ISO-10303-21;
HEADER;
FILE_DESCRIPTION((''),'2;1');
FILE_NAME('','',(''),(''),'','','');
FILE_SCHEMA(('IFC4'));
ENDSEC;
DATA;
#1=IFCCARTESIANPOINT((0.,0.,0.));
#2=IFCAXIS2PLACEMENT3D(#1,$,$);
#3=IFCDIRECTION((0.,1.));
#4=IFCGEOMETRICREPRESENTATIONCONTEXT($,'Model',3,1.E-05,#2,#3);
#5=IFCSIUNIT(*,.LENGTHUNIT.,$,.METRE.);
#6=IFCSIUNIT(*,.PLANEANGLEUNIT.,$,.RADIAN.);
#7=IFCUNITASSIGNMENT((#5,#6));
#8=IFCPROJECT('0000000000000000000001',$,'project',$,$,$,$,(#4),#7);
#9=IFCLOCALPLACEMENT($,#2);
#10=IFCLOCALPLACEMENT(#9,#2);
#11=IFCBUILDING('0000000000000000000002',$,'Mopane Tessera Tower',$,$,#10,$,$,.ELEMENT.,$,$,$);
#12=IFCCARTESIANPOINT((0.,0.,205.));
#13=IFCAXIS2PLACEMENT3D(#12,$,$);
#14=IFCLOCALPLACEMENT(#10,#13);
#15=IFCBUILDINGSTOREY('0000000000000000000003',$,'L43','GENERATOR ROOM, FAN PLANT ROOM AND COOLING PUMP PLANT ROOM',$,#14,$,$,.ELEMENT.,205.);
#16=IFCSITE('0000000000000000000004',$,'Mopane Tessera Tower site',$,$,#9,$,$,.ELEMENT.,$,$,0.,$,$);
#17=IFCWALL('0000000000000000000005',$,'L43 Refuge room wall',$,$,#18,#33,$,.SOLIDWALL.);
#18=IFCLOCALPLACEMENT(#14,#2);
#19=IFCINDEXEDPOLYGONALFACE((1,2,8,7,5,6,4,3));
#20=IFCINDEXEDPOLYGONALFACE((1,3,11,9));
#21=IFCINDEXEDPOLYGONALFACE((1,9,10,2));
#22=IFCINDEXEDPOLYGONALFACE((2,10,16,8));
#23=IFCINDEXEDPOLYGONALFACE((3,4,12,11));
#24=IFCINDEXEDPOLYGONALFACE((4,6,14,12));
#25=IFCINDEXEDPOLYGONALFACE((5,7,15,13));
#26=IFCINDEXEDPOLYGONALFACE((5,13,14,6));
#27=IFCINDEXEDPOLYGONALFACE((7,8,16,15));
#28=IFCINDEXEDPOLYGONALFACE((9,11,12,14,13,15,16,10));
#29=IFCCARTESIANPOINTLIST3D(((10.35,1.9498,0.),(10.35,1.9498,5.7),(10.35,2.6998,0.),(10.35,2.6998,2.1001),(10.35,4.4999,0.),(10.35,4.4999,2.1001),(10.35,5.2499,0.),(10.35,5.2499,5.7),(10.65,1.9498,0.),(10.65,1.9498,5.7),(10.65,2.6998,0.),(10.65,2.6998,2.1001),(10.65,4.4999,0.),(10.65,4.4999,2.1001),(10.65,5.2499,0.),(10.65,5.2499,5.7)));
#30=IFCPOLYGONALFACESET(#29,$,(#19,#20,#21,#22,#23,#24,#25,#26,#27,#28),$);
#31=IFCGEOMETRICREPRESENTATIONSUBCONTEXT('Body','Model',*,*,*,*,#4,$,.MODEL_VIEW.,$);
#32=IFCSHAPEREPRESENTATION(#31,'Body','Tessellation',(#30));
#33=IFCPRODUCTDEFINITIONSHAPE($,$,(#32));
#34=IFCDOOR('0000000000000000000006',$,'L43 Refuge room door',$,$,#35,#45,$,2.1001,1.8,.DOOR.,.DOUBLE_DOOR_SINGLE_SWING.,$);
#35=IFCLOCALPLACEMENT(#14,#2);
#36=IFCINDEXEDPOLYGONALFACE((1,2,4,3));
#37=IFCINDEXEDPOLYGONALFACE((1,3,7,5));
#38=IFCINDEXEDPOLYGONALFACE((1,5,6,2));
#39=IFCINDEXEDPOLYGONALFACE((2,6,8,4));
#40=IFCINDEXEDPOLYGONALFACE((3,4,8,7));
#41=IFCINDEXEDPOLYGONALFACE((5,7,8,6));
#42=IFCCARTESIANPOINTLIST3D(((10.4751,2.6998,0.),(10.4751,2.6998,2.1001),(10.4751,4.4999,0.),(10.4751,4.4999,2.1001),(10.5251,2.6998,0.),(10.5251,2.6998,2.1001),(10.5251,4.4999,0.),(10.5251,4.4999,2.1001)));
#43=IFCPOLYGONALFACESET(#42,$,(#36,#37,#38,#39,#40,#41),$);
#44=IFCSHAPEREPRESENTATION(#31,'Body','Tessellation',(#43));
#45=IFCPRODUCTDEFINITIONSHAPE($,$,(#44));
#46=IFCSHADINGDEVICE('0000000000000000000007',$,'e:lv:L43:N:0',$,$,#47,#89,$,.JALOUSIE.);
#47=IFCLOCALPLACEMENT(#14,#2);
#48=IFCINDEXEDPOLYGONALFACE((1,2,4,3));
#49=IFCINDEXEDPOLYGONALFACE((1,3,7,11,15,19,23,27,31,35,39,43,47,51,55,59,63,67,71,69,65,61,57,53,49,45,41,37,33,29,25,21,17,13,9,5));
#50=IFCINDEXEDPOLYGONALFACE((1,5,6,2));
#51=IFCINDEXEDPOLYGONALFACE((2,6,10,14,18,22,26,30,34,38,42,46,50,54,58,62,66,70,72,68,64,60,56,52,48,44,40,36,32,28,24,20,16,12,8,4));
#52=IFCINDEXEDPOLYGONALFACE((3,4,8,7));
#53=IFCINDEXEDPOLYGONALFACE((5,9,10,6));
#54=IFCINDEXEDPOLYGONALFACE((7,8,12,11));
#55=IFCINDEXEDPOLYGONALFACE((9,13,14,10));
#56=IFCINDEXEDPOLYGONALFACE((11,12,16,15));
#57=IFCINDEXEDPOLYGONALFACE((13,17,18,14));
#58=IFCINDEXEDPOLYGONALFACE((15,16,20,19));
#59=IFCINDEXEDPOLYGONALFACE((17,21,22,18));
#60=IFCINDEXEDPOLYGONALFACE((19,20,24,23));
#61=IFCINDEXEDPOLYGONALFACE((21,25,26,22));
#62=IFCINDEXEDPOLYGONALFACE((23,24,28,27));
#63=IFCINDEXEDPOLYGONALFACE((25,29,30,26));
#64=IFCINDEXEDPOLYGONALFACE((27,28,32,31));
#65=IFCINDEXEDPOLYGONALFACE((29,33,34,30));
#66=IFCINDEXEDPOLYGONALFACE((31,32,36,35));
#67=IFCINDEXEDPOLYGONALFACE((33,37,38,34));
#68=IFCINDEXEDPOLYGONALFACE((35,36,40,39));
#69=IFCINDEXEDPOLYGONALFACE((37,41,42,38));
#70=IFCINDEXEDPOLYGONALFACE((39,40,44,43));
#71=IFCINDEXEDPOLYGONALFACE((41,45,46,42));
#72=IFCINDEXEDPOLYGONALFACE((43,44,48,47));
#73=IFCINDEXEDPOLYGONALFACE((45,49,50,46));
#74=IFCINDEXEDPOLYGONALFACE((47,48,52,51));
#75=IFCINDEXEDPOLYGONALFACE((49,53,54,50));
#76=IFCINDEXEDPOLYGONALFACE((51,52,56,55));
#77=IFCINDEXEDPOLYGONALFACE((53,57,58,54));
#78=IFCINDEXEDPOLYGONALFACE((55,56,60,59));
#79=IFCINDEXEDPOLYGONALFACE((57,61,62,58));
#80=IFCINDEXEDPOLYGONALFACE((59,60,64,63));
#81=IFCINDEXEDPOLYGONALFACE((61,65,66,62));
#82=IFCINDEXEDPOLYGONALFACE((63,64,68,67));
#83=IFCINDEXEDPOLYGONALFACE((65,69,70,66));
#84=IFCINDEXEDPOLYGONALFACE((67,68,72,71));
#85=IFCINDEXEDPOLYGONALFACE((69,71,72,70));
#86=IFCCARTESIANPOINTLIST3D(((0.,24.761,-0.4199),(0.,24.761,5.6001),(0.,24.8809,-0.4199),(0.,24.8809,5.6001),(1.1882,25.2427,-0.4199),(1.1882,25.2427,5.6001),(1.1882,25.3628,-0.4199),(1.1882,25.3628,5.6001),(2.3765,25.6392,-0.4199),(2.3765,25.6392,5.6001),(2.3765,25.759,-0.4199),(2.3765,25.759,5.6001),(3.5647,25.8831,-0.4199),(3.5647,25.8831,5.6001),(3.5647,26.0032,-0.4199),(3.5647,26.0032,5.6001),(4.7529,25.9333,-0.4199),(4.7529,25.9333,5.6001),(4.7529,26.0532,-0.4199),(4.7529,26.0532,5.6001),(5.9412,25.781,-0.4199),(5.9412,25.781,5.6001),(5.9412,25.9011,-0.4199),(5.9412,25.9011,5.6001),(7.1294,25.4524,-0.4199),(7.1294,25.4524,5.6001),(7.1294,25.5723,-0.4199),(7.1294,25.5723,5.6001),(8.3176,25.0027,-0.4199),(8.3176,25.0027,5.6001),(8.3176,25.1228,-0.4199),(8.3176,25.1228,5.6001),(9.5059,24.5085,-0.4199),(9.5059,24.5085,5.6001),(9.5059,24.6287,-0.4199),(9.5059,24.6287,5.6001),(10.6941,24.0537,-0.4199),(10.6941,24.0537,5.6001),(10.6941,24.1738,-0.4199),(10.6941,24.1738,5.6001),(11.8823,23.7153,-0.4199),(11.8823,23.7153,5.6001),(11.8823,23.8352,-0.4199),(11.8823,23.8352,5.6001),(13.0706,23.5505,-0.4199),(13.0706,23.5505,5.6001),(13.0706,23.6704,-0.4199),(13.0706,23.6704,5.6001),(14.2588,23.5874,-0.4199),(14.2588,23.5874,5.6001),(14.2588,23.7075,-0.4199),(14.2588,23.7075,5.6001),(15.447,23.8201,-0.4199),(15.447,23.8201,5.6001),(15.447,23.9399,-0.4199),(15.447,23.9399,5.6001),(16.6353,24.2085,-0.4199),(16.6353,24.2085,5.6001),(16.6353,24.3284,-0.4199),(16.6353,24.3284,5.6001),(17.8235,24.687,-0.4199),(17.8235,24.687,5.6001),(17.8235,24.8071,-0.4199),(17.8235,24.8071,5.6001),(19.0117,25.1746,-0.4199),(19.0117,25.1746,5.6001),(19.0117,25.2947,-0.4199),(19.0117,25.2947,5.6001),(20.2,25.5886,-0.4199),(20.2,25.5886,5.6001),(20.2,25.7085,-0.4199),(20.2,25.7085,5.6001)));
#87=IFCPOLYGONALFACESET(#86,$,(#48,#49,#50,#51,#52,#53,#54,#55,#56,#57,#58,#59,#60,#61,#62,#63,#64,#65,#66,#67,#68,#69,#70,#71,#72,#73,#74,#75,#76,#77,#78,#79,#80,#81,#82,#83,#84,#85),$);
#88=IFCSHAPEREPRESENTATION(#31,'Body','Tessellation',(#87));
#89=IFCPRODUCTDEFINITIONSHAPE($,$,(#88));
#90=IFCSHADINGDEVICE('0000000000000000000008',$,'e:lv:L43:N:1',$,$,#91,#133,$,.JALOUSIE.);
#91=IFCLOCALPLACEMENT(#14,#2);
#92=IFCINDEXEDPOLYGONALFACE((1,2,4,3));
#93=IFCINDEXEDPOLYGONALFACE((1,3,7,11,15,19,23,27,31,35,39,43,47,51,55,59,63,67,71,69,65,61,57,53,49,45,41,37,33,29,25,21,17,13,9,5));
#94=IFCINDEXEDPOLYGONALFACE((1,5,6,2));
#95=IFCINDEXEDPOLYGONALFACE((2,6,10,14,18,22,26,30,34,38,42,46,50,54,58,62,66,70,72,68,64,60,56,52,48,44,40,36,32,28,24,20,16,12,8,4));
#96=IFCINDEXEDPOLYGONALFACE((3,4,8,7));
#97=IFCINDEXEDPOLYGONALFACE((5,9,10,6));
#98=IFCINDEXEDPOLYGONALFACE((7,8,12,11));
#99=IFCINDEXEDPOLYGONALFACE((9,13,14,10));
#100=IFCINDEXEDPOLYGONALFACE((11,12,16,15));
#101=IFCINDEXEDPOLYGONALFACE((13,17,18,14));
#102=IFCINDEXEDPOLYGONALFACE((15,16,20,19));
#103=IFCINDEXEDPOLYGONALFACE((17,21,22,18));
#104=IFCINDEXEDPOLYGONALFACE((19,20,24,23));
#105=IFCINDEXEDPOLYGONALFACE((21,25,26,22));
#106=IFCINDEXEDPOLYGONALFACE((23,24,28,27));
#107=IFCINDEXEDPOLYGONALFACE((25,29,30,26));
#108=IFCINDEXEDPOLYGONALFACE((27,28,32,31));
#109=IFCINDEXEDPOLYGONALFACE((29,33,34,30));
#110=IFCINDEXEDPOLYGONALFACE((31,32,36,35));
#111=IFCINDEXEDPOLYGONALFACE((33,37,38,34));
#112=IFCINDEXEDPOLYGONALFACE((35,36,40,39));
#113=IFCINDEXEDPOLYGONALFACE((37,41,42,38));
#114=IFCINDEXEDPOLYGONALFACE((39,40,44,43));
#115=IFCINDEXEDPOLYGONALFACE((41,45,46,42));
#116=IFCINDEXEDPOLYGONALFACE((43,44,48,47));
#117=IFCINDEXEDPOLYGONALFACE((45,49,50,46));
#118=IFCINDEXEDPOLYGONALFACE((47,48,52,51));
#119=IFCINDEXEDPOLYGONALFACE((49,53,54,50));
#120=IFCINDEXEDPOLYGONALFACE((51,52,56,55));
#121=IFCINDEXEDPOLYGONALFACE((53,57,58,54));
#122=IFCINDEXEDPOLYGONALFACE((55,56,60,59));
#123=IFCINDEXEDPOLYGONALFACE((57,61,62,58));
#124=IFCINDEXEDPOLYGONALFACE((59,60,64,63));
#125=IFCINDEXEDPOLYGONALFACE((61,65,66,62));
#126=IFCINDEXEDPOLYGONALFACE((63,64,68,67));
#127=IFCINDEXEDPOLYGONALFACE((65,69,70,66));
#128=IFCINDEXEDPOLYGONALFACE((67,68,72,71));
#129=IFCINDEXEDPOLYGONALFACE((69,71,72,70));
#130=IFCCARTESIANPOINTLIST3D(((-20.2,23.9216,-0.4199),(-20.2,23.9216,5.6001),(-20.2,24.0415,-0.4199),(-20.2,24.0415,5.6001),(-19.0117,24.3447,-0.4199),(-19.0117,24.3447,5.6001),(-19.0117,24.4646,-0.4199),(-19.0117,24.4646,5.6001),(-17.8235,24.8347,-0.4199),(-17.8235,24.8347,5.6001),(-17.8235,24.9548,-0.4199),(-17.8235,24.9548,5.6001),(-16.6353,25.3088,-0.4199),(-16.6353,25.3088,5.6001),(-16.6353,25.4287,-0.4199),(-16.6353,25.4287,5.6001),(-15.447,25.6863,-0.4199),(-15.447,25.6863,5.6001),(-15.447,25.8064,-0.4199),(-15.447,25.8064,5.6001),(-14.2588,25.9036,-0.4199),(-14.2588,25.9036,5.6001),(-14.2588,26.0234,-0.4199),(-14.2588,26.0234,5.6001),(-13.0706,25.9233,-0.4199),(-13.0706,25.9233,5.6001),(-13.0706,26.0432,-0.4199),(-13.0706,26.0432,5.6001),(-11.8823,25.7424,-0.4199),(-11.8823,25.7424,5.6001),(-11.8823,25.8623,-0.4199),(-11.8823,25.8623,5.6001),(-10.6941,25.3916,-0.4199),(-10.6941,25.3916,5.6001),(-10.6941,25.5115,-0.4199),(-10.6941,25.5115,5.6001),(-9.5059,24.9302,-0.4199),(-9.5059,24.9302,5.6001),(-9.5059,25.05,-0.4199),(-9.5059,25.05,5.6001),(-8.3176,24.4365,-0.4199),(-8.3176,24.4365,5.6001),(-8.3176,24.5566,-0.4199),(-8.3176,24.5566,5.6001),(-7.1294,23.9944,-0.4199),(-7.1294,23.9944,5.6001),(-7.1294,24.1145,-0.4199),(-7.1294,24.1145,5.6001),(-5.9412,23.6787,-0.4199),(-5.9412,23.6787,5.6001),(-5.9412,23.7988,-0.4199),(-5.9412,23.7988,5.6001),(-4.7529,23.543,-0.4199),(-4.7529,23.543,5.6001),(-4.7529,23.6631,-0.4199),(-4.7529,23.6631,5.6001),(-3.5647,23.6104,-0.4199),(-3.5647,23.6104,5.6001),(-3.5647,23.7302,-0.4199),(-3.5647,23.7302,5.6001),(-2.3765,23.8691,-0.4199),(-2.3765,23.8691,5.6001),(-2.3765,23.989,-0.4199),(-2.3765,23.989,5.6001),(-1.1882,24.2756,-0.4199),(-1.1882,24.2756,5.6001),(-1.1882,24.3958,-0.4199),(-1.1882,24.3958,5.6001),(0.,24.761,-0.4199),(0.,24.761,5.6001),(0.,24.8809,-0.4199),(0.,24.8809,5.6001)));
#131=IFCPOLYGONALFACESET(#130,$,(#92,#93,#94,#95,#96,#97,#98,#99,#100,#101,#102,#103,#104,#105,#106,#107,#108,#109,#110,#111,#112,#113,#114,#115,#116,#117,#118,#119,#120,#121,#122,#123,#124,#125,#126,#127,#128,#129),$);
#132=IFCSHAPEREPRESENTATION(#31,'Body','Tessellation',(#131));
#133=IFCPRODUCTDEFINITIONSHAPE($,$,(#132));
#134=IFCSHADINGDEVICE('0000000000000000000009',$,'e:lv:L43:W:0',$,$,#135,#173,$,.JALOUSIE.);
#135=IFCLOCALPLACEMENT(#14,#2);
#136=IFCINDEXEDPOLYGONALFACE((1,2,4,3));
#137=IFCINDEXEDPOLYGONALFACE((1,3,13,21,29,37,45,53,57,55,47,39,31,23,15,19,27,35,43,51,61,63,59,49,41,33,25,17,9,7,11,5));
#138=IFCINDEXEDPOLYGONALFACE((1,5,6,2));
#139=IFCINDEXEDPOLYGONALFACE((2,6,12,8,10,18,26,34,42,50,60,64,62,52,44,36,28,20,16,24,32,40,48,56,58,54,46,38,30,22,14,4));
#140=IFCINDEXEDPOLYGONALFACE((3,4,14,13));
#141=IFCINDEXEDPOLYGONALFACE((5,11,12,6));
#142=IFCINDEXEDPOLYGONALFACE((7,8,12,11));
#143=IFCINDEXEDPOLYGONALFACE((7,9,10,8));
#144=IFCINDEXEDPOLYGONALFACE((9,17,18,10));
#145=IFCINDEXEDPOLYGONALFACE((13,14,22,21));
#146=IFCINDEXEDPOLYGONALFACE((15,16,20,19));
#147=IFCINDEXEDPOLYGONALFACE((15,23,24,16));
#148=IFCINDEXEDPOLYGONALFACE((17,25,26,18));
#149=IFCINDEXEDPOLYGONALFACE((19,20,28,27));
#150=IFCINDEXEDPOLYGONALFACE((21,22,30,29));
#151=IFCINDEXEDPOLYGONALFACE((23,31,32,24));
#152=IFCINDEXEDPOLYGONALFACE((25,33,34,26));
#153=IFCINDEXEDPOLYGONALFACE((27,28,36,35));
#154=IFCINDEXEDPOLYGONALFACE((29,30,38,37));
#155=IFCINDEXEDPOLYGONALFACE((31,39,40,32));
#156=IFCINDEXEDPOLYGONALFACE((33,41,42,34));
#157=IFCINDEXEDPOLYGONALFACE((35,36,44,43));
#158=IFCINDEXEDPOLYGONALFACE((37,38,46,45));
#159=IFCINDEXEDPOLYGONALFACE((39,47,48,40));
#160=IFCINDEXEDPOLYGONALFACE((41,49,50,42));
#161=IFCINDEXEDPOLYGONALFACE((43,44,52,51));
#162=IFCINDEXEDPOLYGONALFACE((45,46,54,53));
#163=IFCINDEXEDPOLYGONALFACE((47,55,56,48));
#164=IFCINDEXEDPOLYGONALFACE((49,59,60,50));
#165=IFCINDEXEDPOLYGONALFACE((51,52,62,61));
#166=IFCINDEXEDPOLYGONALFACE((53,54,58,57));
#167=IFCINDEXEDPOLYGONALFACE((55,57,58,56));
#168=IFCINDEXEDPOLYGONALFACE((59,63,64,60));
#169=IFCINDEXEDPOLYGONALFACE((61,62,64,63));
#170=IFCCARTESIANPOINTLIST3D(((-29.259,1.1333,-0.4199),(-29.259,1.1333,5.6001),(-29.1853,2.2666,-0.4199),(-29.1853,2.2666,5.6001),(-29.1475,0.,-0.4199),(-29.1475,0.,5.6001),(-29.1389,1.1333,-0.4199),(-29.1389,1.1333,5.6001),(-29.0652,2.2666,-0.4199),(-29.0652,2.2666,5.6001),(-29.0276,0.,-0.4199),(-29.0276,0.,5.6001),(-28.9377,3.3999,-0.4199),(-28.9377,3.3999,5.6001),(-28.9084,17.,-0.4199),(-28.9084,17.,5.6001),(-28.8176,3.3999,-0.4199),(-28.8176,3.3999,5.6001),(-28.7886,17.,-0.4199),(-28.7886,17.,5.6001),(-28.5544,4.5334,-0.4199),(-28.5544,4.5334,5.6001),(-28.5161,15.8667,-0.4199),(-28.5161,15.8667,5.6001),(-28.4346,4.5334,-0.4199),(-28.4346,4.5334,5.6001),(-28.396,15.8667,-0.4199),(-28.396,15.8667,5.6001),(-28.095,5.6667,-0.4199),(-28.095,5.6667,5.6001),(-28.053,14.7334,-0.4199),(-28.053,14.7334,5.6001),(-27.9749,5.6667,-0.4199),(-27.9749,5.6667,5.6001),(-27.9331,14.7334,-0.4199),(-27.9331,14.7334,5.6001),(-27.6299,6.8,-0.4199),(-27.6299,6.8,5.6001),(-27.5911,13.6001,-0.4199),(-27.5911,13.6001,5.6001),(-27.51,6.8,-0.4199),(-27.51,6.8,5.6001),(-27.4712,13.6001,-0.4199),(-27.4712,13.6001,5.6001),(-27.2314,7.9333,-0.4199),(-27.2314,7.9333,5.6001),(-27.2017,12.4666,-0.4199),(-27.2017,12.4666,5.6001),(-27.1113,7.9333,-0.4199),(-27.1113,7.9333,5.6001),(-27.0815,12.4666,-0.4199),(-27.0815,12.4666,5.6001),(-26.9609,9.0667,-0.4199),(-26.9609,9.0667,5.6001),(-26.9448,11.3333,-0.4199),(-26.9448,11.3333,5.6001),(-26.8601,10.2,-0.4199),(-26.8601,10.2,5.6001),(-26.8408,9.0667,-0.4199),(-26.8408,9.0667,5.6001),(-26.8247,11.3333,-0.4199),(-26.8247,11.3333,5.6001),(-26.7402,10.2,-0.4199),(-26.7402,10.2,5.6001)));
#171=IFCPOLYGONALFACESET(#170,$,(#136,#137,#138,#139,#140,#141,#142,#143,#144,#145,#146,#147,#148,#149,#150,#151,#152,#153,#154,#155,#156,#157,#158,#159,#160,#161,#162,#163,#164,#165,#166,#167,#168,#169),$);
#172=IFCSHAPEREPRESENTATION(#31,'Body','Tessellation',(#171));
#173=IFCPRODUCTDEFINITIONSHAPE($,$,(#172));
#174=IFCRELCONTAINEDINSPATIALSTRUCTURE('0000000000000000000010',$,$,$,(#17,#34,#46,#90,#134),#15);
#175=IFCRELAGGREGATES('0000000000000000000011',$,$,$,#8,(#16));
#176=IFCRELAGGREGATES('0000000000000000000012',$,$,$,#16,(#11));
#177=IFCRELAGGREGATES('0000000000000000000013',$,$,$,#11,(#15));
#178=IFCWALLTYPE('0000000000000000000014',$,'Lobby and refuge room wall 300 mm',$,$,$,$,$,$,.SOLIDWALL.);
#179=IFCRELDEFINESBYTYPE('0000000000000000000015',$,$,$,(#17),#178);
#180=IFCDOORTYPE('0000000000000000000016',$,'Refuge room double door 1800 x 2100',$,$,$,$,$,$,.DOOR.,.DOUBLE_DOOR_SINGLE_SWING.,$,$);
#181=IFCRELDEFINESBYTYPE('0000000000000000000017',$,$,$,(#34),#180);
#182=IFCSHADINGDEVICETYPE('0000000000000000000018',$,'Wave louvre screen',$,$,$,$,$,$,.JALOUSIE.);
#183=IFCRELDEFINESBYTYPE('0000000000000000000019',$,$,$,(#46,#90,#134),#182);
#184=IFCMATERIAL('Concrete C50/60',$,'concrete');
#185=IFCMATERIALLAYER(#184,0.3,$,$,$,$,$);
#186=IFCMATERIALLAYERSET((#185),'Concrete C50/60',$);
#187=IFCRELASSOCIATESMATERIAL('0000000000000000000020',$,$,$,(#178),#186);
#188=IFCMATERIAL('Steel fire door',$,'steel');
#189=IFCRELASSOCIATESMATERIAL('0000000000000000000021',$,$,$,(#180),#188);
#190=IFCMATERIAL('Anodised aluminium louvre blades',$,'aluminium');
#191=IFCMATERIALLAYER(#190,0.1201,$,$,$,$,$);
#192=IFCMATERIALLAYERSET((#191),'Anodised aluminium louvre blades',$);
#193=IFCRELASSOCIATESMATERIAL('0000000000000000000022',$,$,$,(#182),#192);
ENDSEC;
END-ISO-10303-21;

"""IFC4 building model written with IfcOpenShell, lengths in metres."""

from ifc_helpers import new_model, si_unit, direction, frame, frame_2d, origin, place, context, subcontext, project, spatial, polyline, rectangle, outline, extrude, material, layer, layer_set, type_object, element, fill, save


model = new_model("IFC4")

# Units and contexts
model_context = context("Model", 3, precision=1e-05, world=origin(), true_north=direction((0.0, 1.0)))
body_context = subcontext(model_context, "Body", "Model", "MODEL_VIEW")
ifc_project = project(units=[si_unit("LENGTHUNIT", "METRE"), si_unit("PLANEANGLEUNIT", "RADIAN")], contexts=[model_context])

# Site, building, storey
site_placement = place(None, origin())
site = spatial("IfcSite", under=ifc_project, at=site_placement, Name="Mopane Tessera Tower site", CompositionType="ELEMENT", RefElevation=0.0)
building_placement = place(site_placement, origin())
building = spatial("IfcBuilding", under=site, at=building_placement, Name="Mopane Tessera Tower", CompositionType="ELEMENT")
storey_placement = place(building_placement, frame((0.0, 0.0, 205.0)))
storey = spatial("IfcBuildingStorey", under=building, at=storey_placement, Name="L43", Description="GENERATOR ROOM, FAN PLANT ROOM AND COOLING PUMP PLANT ROOM", CompositionType="ELEMENT", Elevation=205.0)

# Wall, opening, door
ifc_material_1 = material(Name="Concrete C50/60", Category="concrete")
ifc_layer_1 = layer(ifc_material_1, 0.3)
ifc_layer_set_1 = layer_set([ifc_layer_1], Name="Concrete C50/60")
wall_type_1 = type_object("IfcWallType", Name="Lobby and refuge room wall 300 mm", PredefinedType="SOLIDWALL", material=ifc_layer_set_1)
wall_1_placement = place(storey_placement, frame((10.5, 1.95, 0.0), z_axis=(0.0, 0.0, 1.0), x_axis=(0.0, 1.0, 0.0)))
wall_1 = element("IfcWall", 1, at=wall_1_placement, inside=storey, type_object=wall_type_1, Name="L43 Refuge room wall", PredefinedType="SOLIDWALL", context=body_context, shape_type="SweptSolid", body=[
    extrude(rectangle(XDim=3.3, YDim=0.3, at=frame_2d((1.6499, 0.0))), origin(), (0.0, 0.0, 1.0), 5.7),
])
opening_placement = place(wall_1_placement, frame((0.75, 0.0, 0.0)))
opening = element("IfcOpeningElement", 2, at=opening_placement, cuts=wall_1, PredefinedType="OPENING", context=body_context, shape_type="SweptSolid", body=[
    extrude(rectangle(XDim=1.8, YDim=2.1001, at=frame_2d((0.8999, 1.05))), frame((0.0, 0.1621, 0.0), z_axis=(0.0, -1.0, 0.0), x_axis=(1.0, 0.0, 0.0)), (0.0, 0.0, 1.0), 0.324),
])
ifc_material_2 = material(Name="Steel fire door", Category="steel")
door_type = type_object("IfcDoorType", Name="Refuge room double door 1800 x 2100", OperationType="DOUBLE_DOOR_SINGLE_SWING", PredefinedType="DOOR", material=ifc_material_2)
door_placement = place(opening_placement, origin())
door = element("IfcDoor", 3, at=door_placement, inside=storey, type_object=door_type, Name="L43 Refuge room door", OperationType="DOUBLE_DOOR_SINGLE_SWING", OverallHeight=2.1001, OverallWidth=1.8, PredefinedType="DOOR", context=body_context, shape_type="SweptSolid", body=[
    extrude(rectangle(XDim=1.8, YDim=2.1001, at=frame_2d((0.8999, 1.05))), frame((0.0, 0.0249, 0.0), z_axis=(0.0, -1.0, 0.0), x_axis=(1.0, 0.0, 0.0)), (0.0, 0.0, 1.0), 0.05),
])
fill(opening, door)

# Shading devices
ifc_material_3 = material(Name="Anodised aluminium louvre blades", Category="aluminium")
ifc_layer_2 = layer(ifc_material_3, 0.1201)
ifc_layer_set_2 = layer_set([ifc_layer_2], Name="Anodised aluminium louvre blades")
shading_device_type = type_object("IfcShadingDeviceType", Name="Wave louvre screen", PredefinedType="JALOUSIE", material=ifc_layer_set_2)
shading_device_1_placement = place(storey_placement, frame((0.0, 0.0, -0.4199)))
element("IfcShadingDevice", 4, at=shading_device_1_placement, inside=storey, type_object=shading_device_type, Name="e:lv:L43:N:0", PredefinedType="JALOUSIE", context=body_context, shape_type="SweptSolid", body=[
    extrude(outline(polyline([(20.2, 25.5886), (19.0117, 25.1746), (17.8235, 24.687), (16.6353, 24.2085), (15.447, 23.8201), (14.2588, 23.5874), (13.0706, 23.5505), (11.8823, 23.7153), (10.6941, 24.0537), (9.5059, 24.5085), (8.3176, 25.0027), (7.1294, 25.4524), (5.9412, 25.781), (4.7529, 25.9333), (3.5647, 25.8831), (2.3765, 25.6392), (1.1882, 25.2427), (0.0, 24.761), (0.0, 24.8809), (1.1882, 25.3628), (2.3765, 25.759), (3.5647, 26.0032), (4.7529, 26.0532), (5.9412, 25.9011), (7.1294, 25.5723), (8.3176, 25.1228), (9.5059, 24.6287), (10.6941, 24.1738), (11.8823, 23.8352), (13.0706, 23.6704), (14.2588, 23.7075), (15.447, 23.9399), (16.6353, 24.3284), (17.8235, 24.8071), (19.0117, 25.2947), (20.2, 25.7085), (20.2, 25.5886)])), origin(), (0.0, 0.0, 1.0), 6.02),
])
shading_device_2_placement = place(storey_placement, frame((0.0, 0.0, -0.4199)))
element("IfcShadingDevice", 5, at=shading_device_2_placement, inside=storey, type_object=shading_device_type, Name="e:lv:L43:N:1", PredefinedType="JALOUSIE", context=body_context, shape_type="SweptSolid", body=[
    extrude(outline(polyline([(0.0, 24.761), (-1.1882, 24.2756), (-2.3765, 23.8691), (-3.5647, 23.6104), (-4.7529, 23.543), (-5.9412, 23.6787), (-7.1294, 23.9944), (-8.3176, 24.4365), (-9.5059, 24.9302), (-10.6941, 25.3916), (-11.8823, 25.7424), (-13.0706, 25.9233), (-14.2588, 25.9036), (-15.447, 25.6863), (-16.6353, 25.3088), (-17.8235, 24.8347), (-19.0117, 24.3447), (-20.2, 23.9216), (-20.2, 24.0415), (-19.0117, 24.4646), (-17.8235, 24.9548), (-16.6353, 25.4287), (-15.447, 25.8064), (-14.2588, 26.0234), (-13.0706, 26.0432), (-11.8823, 25.8623), (-10.6941, 25.5115), (-9.5059, 25.05), (-8.3176, 24.5566), (-7.1294, 24.1145), (-5.9412, 23.7988), (-4.7529, 23.6631), (-3.5647, 23.7302), (-2.3765, 23.989), (-1.1882, 24.3958), (0.0, 24.8809), (0.0, 24.761)])), origin(), (0.0, 0.0, 1.0), 6.02),
])
shading_device_3_placement = place(storey_placement, frame((0.0, 0.0, -0.4199)))
element("IfcShadingDevice", 6, at=shading_device_3_placement, inside=storey, type_object=shading_device_type, Name="e:lv:L43:W:0", PredefinedType="JALOUSIE", context=body_context, shape_type="SweptSolid", body=[
    extrude(outline(polyline([(-28.7886, 17.0), (-28.396, 15.8667), (-27.9331, 14.7334), (-27.4712, 13.6001), (-27.0815, 12.4666), (-26.8247, 11.3333), (-26.7402, 10.2), (-26.8408, 9.0667), (-27.1113, 7.9333), (-27.51, 6.8), (-27.9749, 5.6667), (-28.4346, 4.5334), (-28.8176, 3.3999), (-29.0652, 2.2666), (-29.1389, 1.1333), (-29.0276, 0.0), (-29.1475, 0.0), (-29.259, 1.1333), (-29.1853, 2.2666), (-28.9377, 3.3999), (-28.5544, 4.5334), (-28.095, 5.6667), (-27.6299, 6.8), (-27.2314, 7.9333), (-26.9609, 9.0667), (-26.8601, 10.2), (-26.9448, 11.3333), (-27.2017, 12.4666), (-27.5911, 13.6001), (-28.053, 14.7334), (-28.5161, 15.8667), (-28.9084, 17.0), (-28.7886, 17.0)])), origin(), (0.0, 0.0, 1.0), 6.02),
])

save(model, "model.ifc")
